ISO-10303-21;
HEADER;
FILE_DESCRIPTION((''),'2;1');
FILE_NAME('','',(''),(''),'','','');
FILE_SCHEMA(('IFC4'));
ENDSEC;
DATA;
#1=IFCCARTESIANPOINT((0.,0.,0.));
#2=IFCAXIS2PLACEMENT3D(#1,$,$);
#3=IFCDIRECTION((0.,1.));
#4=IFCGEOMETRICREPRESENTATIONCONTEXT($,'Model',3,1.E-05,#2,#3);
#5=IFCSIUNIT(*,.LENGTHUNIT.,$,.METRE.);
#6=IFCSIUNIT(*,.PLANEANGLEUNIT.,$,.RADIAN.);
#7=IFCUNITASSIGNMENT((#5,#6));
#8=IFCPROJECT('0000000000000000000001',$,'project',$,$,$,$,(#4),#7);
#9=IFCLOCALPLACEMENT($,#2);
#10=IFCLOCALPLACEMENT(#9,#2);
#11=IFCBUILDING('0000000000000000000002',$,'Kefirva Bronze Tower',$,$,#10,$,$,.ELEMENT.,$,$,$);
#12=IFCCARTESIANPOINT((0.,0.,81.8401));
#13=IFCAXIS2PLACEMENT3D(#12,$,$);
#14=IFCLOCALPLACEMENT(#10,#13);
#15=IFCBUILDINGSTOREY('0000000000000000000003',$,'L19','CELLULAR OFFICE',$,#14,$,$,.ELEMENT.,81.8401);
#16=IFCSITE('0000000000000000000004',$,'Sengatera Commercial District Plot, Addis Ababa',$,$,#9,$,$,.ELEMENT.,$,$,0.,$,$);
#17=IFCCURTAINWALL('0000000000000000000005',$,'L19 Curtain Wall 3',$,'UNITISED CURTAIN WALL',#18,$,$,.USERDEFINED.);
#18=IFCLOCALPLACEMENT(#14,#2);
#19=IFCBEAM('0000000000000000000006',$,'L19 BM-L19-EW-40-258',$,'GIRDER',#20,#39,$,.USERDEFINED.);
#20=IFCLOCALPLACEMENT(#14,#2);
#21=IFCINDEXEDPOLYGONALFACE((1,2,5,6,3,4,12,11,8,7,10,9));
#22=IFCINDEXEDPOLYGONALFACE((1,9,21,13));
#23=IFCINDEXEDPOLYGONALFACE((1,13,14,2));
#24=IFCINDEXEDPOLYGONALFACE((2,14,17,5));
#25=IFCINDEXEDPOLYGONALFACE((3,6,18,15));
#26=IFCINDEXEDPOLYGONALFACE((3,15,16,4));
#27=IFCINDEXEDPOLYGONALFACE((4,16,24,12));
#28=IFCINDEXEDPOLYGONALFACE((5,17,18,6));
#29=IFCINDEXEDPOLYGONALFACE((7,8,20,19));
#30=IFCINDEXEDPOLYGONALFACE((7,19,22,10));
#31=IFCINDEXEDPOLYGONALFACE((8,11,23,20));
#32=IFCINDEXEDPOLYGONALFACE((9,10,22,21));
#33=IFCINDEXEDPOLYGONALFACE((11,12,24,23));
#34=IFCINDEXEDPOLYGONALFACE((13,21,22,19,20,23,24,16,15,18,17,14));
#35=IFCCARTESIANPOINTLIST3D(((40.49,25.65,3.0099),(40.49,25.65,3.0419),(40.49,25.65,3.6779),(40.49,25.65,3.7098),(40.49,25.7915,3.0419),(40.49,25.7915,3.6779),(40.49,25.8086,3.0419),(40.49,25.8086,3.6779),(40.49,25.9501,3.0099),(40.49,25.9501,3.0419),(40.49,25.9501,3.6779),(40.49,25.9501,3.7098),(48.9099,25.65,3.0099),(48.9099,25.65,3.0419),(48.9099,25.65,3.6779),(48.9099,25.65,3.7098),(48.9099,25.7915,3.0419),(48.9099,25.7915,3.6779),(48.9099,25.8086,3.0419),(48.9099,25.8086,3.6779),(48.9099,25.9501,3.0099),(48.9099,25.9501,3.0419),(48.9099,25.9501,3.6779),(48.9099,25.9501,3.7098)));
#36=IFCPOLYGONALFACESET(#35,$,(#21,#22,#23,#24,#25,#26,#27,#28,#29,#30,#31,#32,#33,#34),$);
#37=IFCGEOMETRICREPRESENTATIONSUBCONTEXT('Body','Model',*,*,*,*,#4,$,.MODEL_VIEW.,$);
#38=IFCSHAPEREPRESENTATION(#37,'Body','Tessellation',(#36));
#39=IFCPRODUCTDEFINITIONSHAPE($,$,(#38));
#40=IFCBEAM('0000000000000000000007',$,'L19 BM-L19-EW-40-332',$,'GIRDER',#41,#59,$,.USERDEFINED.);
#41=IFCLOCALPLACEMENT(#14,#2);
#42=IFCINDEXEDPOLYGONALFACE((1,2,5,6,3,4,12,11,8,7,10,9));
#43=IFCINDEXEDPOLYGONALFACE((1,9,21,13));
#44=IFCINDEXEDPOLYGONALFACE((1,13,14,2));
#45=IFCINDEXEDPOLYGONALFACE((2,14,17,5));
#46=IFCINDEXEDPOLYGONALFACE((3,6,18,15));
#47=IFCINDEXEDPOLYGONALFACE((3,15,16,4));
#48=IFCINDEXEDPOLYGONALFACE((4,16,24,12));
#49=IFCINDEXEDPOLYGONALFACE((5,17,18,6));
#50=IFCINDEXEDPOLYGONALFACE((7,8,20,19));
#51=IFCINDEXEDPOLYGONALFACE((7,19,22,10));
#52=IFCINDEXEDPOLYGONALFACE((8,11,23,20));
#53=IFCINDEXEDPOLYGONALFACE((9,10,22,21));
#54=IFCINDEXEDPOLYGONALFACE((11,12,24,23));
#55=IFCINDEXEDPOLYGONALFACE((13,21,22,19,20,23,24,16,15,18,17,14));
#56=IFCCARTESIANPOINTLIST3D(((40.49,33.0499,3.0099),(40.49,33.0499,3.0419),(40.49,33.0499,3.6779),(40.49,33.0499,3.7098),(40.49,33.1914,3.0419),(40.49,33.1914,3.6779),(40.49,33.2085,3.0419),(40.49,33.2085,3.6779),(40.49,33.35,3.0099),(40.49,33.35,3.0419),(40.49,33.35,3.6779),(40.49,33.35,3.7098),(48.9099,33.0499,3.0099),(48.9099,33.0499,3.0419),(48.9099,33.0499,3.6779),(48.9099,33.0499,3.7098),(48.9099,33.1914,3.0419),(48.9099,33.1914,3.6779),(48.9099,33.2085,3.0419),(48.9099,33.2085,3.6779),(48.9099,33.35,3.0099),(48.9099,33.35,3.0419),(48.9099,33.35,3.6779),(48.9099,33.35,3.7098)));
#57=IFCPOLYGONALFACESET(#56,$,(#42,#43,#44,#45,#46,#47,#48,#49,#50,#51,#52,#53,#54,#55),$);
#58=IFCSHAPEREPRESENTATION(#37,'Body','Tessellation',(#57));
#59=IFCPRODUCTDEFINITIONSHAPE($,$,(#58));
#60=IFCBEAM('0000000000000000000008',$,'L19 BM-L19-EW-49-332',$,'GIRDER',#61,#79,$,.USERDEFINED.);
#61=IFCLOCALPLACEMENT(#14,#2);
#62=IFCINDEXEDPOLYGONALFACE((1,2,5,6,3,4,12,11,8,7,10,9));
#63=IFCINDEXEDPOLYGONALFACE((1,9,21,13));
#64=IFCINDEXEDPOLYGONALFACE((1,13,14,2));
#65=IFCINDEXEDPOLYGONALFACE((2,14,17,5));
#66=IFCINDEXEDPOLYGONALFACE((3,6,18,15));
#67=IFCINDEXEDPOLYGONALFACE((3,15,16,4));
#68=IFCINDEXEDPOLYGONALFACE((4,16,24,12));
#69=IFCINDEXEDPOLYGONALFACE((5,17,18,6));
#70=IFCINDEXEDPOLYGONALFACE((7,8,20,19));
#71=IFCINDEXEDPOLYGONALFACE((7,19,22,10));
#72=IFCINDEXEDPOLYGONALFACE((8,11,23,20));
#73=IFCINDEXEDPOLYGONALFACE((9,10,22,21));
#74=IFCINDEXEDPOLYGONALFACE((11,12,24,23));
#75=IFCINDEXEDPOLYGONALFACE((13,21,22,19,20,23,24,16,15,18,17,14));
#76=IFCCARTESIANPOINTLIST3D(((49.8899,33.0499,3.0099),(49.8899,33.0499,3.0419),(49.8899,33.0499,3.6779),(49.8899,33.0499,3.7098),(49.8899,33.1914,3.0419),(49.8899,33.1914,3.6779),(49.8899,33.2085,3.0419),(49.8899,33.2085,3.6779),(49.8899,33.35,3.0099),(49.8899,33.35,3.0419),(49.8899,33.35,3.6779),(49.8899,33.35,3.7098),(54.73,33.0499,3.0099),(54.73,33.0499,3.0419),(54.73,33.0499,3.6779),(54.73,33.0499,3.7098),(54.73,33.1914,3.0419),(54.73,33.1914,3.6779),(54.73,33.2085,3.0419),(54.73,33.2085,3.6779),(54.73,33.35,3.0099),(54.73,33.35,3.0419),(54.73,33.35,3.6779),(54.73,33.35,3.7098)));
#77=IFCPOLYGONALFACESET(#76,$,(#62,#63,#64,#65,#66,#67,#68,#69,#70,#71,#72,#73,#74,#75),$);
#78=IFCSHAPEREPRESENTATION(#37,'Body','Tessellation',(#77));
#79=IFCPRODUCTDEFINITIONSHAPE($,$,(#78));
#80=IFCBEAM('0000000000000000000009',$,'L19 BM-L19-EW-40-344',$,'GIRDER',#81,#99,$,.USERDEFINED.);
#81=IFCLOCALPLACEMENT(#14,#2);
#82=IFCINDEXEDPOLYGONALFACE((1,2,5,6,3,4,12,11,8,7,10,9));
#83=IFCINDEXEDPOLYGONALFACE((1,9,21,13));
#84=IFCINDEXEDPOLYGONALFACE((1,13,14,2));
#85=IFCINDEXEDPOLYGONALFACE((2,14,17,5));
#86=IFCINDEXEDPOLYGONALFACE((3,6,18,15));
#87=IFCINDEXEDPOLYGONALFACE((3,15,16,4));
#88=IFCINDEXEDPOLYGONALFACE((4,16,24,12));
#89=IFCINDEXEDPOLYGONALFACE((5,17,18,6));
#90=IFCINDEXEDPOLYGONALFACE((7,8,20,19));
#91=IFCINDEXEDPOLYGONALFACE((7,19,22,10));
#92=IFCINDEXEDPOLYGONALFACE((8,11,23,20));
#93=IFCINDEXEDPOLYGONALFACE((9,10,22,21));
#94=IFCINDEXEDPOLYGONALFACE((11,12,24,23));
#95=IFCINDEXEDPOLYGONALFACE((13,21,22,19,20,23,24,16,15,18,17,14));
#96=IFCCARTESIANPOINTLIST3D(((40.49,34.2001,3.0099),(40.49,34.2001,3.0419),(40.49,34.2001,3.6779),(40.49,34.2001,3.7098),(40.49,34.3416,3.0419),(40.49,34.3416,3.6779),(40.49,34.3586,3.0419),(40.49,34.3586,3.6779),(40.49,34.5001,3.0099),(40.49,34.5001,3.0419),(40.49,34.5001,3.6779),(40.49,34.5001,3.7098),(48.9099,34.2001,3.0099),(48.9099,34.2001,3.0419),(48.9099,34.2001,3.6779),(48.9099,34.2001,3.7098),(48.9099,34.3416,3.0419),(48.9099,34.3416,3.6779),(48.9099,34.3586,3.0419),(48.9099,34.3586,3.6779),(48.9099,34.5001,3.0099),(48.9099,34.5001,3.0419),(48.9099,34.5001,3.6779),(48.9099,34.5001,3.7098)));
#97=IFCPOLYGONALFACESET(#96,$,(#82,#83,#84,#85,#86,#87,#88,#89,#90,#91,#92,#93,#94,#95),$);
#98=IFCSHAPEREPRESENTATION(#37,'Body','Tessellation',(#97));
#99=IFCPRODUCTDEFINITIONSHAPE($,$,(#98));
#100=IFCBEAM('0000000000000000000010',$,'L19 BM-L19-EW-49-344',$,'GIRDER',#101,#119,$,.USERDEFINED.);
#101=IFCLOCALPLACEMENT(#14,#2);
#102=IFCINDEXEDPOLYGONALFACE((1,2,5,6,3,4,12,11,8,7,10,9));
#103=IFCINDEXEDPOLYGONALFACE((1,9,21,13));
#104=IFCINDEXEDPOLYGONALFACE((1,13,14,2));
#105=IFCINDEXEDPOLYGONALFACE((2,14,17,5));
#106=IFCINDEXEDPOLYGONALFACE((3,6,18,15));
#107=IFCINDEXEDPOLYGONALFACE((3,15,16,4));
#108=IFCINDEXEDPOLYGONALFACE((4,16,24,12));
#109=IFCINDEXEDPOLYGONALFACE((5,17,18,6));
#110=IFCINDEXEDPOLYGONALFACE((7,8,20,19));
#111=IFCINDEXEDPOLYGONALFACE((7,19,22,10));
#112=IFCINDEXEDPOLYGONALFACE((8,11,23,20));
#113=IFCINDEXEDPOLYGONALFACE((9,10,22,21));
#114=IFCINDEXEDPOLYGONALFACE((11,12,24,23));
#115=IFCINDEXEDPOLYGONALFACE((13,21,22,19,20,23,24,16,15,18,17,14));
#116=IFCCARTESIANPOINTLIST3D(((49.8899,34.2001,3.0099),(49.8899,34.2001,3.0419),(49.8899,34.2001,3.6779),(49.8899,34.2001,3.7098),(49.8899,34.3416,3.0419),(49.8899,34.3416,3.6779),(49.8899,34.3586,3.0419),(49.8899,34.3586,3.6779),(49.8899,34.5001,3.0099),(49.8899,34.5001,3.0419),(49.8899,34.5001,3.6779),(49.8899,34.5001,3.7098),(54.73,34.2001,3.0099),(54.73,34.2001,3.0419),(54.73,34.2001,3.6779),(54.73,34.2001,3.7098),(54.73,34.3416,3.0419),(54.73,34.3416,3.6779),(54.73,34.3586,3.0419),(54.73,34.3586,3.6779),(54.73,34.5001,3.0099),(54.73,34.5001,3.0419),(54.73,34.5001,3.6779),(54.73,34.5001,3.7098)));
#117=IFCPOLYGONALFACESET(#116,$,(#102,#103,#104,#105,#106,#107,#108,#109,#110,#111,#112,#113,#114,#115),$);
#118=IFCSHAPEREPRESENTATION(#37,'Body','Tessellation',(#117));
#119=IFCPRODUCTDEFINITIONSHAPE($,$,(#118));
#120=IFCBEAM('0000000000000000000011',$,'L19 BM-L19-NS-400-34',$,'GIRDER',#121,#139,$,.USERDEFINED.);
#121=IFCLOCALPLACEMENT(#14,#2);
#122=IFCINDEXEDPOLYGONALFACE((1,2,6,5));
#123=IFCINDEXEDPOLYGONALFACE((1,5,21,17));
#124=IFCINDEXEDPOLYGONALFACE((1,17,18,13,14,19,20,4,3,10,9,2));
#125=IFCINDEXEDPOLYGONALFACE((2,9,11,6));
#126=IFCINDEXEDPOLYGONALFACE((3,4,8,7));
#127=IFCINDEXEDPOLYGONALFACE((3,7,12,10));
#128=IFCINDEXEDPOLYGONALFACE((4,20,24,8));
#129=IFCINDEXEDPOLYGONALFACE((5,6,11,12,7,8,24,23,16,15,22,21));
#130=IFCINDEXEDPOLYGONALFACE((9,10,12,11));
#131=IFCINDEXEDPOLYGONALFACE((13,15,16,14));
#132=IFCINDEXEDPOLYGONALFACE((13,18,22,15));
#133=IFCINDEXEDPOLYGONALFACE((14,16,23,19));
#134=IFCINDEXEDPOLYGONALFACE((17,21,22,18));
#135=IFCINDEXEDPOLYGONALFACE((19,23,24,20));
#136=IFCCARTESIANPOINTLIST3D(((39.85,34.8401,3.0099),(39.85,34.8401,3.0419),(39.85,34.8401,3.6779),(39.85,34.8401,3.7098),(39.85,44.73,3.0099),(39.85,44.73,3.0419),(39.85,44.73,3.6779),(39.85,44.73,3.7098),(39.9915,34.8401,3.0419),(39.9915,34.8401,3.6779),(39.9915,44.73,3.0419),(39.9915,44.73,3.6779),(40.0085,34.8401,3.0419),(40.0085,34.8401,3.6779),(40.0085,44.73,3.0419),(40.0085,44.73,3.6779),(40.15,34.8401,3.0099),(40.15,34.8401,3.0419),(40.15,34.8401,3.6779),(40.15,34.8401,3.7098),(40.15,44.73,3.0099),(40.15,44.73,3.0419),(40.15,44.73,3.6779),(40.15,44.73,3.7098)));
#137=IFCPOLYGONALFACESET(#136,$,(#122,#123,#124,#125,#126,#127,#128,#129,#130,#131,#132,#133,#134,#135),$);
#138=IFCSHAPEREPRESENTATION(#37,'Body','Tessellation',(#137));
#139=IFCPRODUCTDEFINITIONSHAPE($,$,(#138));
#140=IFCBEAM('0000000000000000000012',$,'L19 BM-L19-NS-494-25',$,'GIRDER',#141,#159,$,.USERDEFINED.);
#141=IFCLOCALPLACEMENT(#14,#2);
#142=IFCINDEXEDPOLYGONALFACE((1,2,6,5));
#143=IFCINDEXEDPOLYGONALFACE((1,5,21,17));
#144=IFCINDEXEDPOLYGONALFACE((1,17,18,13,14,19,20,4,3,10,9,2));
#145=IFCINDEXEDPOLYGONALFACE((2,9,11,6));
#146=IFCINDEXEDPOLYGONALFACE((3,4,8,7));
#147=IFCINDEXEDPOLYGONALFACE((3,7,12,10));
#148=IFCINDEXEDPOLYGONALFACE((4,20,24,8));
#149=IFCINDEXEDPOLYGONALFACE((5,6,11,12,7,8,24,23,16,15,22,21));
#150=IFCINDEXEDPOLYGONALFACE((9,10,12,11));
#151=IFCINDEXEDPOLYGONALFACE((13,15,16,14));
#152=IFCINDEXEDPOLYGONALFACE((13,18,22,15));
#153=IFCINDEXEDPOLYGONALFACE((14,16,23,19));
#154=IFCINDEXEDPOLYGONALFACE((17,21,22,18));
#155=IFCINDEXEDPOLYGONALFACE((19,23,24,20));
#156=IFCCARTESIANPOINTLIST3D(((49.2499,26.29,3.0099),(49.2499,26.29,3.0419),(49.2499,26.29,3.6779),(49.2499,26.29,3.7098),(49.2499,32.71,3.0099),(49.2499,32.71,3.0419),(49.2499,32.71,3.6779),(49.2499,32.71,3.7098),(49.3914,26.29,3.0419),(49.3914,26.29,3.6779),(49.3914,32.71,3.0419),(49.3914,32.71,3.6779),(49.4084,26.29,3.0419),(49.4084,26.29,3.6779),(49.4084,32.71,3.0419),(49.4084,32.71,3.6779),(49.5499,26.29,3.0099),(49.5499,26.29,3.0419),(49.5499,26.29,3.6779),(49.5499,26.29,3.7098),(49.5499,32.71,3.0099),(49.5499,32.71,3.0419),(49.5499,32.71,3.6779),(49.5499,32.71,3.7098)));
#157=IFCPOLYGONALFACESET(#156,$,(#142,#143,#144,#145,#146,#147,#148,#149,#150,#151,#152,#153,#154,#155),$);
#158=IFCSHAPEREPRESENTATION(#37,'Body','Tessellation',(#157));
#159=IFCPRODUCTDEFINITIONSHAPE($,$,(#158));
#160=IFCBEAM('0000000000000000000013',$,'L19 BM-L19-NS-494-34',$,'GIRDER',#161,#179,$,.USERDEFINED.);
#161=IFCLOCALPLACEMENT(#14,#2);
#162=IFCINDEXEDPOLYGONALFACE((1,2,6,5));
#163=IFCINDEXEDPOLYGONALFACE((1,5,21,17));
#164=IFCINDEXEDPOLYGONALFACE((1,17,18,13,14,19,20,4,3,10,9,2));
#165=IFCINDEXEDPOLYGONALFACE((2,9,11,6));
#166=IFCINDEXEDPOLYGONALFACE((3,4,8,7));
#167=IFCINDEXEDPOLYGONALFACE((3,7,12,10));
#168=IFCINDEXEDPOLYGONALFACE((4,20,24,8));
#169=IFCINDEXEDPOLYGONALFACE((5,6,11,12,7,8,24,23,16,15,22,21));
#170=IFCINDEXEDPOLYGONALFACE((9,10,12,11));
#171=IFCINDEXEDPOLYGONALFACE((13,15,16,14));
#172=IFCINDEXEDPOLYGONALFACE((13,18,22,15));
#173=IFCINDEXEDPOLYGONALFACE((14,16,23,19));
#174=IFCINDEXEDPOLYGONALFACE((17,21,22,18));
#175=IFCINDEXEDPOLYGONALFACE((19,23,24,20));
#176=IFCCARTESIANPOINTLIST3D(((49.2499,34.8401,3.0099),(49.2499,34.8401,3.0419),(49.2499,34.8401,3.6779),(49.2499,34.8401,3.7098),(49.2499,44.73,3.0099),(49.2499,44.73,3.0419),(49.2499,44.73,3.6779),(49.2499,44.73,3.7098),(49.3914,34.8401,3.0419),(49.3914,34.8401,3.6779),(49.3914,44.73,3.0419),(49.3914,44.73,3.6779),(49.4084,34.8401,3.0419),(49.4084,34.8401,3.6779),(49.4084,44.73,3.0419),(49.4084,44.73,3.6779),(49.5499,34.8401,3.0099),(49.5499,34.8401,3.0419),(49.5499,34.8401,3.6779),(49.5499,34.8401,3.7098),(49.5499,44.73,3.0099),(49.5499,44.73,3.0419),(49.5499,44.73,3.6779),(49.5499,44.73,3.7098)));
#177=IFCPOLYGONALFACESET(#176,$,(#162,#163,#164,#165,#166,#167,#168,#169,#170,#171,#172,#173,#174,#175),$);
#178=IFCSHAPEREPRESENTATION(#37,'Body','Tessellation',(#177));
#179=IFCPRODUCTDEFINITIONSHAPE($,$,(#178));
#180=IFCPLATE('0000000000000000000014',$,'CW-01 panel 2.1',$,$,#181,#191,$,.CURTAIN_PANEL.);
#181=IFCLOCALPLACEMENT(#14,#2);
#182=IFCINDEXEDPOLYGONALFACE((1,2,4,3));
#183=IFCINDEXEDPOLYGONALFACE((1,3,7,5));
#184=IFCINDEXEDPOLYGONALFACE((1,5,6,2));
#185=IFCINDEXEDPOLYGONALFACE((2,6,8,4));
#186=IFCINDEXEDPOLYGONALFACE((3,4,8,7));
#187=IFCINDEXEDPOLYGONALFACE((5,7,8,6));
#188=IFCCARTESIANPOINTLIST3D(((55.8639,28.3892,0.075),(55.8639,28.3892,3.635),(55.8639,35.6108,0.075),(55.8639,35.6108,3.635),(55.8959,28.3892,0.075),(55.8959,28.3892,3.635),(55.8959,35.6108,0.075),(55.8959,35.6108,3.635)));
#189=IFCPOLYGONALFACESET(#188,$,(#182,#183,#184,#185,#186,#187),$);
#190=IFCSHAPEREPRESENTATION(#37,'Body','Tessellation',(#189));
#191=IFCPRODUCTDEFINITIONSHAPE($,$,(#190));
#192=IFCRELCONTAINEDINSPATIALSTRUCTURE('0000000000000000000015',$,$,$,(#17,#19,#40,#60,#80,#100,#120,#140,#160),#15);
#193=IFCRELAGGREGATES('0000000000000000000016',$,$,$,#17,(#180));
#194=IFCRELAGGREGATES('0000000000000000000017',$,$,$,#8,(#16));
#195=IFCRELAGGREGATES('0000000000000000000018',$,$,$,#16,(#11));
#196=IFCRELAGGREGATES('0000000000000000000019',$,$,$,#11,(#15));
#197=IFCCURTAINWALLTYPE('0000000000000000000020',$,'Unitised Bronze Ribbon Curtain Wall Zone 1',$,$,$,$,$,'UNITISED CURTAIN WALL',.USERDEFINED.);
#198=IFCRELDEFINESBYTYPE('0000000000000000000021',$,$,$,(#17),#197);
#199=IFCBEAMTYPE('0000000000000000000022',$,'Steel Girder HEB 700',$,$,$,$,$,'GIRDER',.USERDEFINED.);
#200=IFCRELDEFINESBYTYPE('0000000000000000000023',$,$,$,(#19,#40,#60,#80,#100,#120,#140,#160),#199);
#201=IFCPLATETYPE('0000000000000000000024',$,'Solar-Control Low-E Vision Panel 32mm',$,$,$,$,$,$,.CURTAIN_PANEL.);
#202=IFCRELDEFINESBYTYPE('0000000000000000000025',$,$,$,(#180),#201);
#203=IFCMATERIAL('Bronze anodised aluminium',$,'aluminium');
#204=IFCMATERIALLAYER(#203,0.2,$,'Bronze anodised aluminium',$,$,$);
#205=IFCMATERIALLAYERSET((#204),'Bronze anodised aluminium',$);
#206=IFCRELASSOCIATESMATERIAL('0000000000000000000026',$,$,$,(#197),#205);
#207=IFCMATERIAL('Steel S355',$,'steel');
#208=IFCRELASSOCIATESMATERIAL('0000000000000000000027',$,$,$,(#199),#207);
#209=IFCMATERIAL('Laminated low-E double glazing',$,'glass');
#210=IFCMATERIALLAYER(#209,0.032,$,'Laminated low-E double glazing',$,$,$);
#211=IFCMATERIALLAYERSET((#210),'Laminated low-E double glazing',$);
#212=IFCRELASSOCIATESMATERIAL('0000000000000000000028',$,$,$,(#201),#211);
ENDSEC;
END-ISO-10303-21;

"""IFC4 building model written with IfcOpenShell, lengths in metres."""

from ifc_helpers import new_model, si_unit, direction, frame, origin, origin_2d, place, context, subcontext, project, spatial, rectangle, i_section, extrude, material, layer, layer_set, material_profile, profile_set, type_object, element, aggregate, save


model = new_model("IFC4")

# Units and contexts
model_context = context("Model", 3, precision=1e-05, world=origin(), true_north=direction((0.0, 1.0)))
body_context = subcontext(model_context, "Body", "Model", "MODEL_VIEW")
ifc_project = project(units=[si_unit("LENGTHUNIT", "METRE"), si_unit("PLANEANGLEUNIT", "RADIAN")], contexts=[model_context])

# Site, building, storey
site_placement = place(None, origin())
site = spatial("IfcSite", under=ifc_project, at=site_placement, Name="Sengatera Commercial District Plot, Addis Ababa", CompositionType="ELEMENT", RefElevation=0.0)
building_placement = place(site_placement, origin())
building = spatial("IfcBuilding", under=site, at=building_placement, Name="Kefirva Bronze Tower", CompositionType="ELEMENT")
storey_placement = place(building_placement, frame((0.0, 0.0, 81.8401)))
storey = spatial("IfcBuildingStorey", under=building, at=storey_placement, Name="L19", Description="CELLULAR OFFICE", CompositionType="ELEMENT", Elevation=81.8401)

# Curtain wall
ifc_material_1 = material(Name="Bronze anodised aluminium", Category="aluminium")
ifc_layer_1 = layer(ifc_material_1, 0.2, Name="Bronze anodised aluminium")
ifc_layer_set_1 = layer_set([ifc_layer_1], Name="Bronze anodised aluminium")
curtain_wall_type = type_object("IfcCurtainWallType", Name="Unitised Bronze Ribbon Curtain Wall Zone 1", ElementType="UNITISED CURTAIN WALL", PredefinedType="USERDEFINED", material=ifc_layer_set_1)
curtain_wall_placement = place(storey_placement, origin())
curtain_wall = element("IfcCurtainWall", 1, at=curtain_wall_placement, inside=storey, type_object=curtain_wall_type, Name="L19 Curtain Wall 3", ObjectType="UNITISED CURTAIN WALL", PredefinedType="USERDEFINED")

# Beams
ifc_material_2 = material(Name="Steel S355", Category="steel")
ifc_material_profile_1 = material_profile(ifc_material_2, i_section(OverallWidth=0.3, OverallDepth=0.7, WebThickness=0.0171, FlangeThickness=0.032, at=origin_2d()), Name="HEB 700")
ifc_profile_set_1 = profile_set([ifc_material_profile_1], Name="Steel S355")
beam_type_1 = type_object("IfcBeamType", Name="Steel Girder HEB 700", ElementType="GIRDER", PredefinedType="USERDEFINED", material=ifc_profile_set_1)
for number, where, z_axis, x_axis, name in (
    (2, (40.49, 25.8, 3.3599), (1.0, 0.0, 0.0), (0.0, 1.0, 0.0), "L19 BM-L19-EW-40-258"),
    (3, (40.49, 33.2, 3.3599), (1.0, 0.0, 0.0), (0.0, 1.0, 0.0), "L19 BM-L19-EW-40-332"),
):
    element("IfcBeam", number, at=place(storey_placement, frame(where, z_axis=z_axis, x_axis=x_axis)), inside=storey, type_object=beam_type_1, Name=name, ObjectType="GIRDER", PredefinedType="USERDEFINED", context=body_context, shape_type="SweptSolid", body=[
        extrude(i_section(OverallWidth=0.3, OverallDepth=0.7, WebThickness=0.0171, FlangeThickness=0.032, at=origin_2d()), origin(), (0.0, 0.0, 1.0), 8.4199),
    ])
beam_1_placement = place(storey_placement, frame((49.8899, 33.2, 3.3599), z_axis=(1.0, 0.0, 0.0), x_axis=(0.0, 1.0, 0.0)))
element("IfcBeam", 4, at=beam_1_placement, inside=storey, type_object=beam_type_1, Name="L19 BM-L19-EW-49-332", ObjectType="GIRDER", PredefinedType="USERDEFINED", context=body_context, shape_type="SweptSolid", body=[
    extrude(i_section(OverallWidth=0.3, OverallDepth=0.7, WebThickness=0.0171, FlangeThickness=0.032, at=origin_2d()), origin(), (0.0, 0.0, 1.0), 4.8401),
])
beam_2_placement = place(storey_placement, frame((40.49, 34.3501, 3.3599), z_axis=(1.0, 0.0, 0.0), x_axis=(0.0, 1.0, 0.0)))
element("IfcBeam", 5, at=beam_2_placement, inside=storey, type_object=beam_type_1, Name="L19 BM-L19-EW-40-344", ObjectType="GIRDER", PredefinedType="USERDEFINED", context=body_context, shape_type="SweptSolid", body=[
    extrude(i_section(OverallWidth=0.3, OverallDepth=0.7, WebThickness=0.0171, FlangeThickness=0.032, at=origin_2d()), origin(), (0.0, 0.0, 1.0), 8.4199),
])
beam_3_placement = place(storey_placement, frame((49.8899, 34.3501, 3.3599), z_axis=(1.0, 0.0, 0.0), x_axis=(0.0, 1.0, 0.0)))
element("IfcBeam", 6, at=beam_3_placement, inside=storey, type_object=beam_type_1, Name="L19 BM-L19-EW-49-344", ObjectType="GIRDER", PredefinedType="USERDEFINED", context=body_context, shape_type="SweptSolid", body=[
    extrude(i_section(OverallWidth=0.3, OverallDepth=0.7, WebThickness=0.0171, FlangeThickness=0.032, at=origin_2d()), origin(), (0.0, 0.0, 1.0), 4.8401),
])
beam_4_placement = place(storey_placement, frame((40.0, 34.8401, 3.3599), z_axis=(0.0, 1.0, 0.0), x_axis=(-1.0, 0.0, 0.0)))
element("IfcBeam", 7, at=beam_4_placement, inside=storey, type_object=beam_type_1, Name="L19 BM-L19-NS-400-34", ObjectType="GIRDER", PredefinedType="USERDEFINED", context=body_context, shape_type="SweptSolid", body=[
    extrude(i_section(OverallWidth=0.3, OverallDepth=0.7, WebThickness=0.0171, FlangeThickness=0.032, at=origin_2d()), origin(), (0.0, 0.0, 1.0), 9.8899),
])
beam_5_placement = place(storey_placement, frame((49.3999, 26.29, 3.3599), z_axis=(0.0, 1.0, 0.0), x_axis=(-1.0, 0.0, 0.0)))
element("IfcBeam", 8, at=beam_5_placement, inside=storey, type_object=beam_type_1, Name="L19 BM-L19-NS-494-25", ObjectType="GIRDER", PredefinedType="USERDEFINED", context=body_context, shape_type="SweptSolid", body=[
    extrude(i_section(OverallWidth=0.3, OverallDepth=0.7, WebThickness=0.0171, FlangeThickness=0.032, at=origin_2d()), origin(), (0.0, 0.0, 1.0), 6.4199),
])
beam_6_placement = place(storey_placement, frame((49.3999, 34.8401, 3.3599), z_axis=(0.0, 1.0, 0.0), x_axis=(-1.0, 0.0, 0.0)))
element("IfcBeam", 9, at=beam_6_placement, inside=storey, type_object=beam_type_1, Name="L19 BM-L19-NS-494-34", ObjectType="GIRDER", PredefinedType="USERDEFINED", context=body_context, shape_type="SweptSolid", body=[
    extrude(i_section(OverallWidth=0.3, OverallDepth=0.7, WebThickness=0.0171, FlangeThickness=0.032, at=origin_2d()), origin(), (0.0, 0.0, 1.0), 9.8899),
])

# Plate
ifc_material_3 = material(Name="Laminated low-E double glazing", Category="glass")
ifc_layer_2 = layer(ifc_material_3, 0.032, Name="Laminated low-E double glazing")
ifc_layer_set_2 = layer_set([ifc_layer_2], Name="Laminated low-E double glazing")
plate_type = type_object("IfcPlateType", Name="Solar-Control Low-E Vision Panel 32mm", PredefinedType="CURTAIN_PANEL", material=ifc_layer_set_2)
plate_placement = place(storey_placement, frame((55.8799, 32.0, 0.075), z_axis=(0.0, 0.0, 1.0), x_axis=(0.0, 1.0, 0.0)))
plate = element("IfcPlate", 10, at=plate_placement, type_object=plate_type, Name="CW-01 panel 2.1", PredefinedType="CURTAIN_PANEL", context=body_context, shape_type="SweptSolid", body=[
    extrude(rectangle(XDim=7.2217, YDim=0.032, at=origin_2d()), origin(), (0.0, 0.0, 1.0), 3.5601),
])
aggregate(curtain_wall, [plate])

save(model, "model.ifc")
